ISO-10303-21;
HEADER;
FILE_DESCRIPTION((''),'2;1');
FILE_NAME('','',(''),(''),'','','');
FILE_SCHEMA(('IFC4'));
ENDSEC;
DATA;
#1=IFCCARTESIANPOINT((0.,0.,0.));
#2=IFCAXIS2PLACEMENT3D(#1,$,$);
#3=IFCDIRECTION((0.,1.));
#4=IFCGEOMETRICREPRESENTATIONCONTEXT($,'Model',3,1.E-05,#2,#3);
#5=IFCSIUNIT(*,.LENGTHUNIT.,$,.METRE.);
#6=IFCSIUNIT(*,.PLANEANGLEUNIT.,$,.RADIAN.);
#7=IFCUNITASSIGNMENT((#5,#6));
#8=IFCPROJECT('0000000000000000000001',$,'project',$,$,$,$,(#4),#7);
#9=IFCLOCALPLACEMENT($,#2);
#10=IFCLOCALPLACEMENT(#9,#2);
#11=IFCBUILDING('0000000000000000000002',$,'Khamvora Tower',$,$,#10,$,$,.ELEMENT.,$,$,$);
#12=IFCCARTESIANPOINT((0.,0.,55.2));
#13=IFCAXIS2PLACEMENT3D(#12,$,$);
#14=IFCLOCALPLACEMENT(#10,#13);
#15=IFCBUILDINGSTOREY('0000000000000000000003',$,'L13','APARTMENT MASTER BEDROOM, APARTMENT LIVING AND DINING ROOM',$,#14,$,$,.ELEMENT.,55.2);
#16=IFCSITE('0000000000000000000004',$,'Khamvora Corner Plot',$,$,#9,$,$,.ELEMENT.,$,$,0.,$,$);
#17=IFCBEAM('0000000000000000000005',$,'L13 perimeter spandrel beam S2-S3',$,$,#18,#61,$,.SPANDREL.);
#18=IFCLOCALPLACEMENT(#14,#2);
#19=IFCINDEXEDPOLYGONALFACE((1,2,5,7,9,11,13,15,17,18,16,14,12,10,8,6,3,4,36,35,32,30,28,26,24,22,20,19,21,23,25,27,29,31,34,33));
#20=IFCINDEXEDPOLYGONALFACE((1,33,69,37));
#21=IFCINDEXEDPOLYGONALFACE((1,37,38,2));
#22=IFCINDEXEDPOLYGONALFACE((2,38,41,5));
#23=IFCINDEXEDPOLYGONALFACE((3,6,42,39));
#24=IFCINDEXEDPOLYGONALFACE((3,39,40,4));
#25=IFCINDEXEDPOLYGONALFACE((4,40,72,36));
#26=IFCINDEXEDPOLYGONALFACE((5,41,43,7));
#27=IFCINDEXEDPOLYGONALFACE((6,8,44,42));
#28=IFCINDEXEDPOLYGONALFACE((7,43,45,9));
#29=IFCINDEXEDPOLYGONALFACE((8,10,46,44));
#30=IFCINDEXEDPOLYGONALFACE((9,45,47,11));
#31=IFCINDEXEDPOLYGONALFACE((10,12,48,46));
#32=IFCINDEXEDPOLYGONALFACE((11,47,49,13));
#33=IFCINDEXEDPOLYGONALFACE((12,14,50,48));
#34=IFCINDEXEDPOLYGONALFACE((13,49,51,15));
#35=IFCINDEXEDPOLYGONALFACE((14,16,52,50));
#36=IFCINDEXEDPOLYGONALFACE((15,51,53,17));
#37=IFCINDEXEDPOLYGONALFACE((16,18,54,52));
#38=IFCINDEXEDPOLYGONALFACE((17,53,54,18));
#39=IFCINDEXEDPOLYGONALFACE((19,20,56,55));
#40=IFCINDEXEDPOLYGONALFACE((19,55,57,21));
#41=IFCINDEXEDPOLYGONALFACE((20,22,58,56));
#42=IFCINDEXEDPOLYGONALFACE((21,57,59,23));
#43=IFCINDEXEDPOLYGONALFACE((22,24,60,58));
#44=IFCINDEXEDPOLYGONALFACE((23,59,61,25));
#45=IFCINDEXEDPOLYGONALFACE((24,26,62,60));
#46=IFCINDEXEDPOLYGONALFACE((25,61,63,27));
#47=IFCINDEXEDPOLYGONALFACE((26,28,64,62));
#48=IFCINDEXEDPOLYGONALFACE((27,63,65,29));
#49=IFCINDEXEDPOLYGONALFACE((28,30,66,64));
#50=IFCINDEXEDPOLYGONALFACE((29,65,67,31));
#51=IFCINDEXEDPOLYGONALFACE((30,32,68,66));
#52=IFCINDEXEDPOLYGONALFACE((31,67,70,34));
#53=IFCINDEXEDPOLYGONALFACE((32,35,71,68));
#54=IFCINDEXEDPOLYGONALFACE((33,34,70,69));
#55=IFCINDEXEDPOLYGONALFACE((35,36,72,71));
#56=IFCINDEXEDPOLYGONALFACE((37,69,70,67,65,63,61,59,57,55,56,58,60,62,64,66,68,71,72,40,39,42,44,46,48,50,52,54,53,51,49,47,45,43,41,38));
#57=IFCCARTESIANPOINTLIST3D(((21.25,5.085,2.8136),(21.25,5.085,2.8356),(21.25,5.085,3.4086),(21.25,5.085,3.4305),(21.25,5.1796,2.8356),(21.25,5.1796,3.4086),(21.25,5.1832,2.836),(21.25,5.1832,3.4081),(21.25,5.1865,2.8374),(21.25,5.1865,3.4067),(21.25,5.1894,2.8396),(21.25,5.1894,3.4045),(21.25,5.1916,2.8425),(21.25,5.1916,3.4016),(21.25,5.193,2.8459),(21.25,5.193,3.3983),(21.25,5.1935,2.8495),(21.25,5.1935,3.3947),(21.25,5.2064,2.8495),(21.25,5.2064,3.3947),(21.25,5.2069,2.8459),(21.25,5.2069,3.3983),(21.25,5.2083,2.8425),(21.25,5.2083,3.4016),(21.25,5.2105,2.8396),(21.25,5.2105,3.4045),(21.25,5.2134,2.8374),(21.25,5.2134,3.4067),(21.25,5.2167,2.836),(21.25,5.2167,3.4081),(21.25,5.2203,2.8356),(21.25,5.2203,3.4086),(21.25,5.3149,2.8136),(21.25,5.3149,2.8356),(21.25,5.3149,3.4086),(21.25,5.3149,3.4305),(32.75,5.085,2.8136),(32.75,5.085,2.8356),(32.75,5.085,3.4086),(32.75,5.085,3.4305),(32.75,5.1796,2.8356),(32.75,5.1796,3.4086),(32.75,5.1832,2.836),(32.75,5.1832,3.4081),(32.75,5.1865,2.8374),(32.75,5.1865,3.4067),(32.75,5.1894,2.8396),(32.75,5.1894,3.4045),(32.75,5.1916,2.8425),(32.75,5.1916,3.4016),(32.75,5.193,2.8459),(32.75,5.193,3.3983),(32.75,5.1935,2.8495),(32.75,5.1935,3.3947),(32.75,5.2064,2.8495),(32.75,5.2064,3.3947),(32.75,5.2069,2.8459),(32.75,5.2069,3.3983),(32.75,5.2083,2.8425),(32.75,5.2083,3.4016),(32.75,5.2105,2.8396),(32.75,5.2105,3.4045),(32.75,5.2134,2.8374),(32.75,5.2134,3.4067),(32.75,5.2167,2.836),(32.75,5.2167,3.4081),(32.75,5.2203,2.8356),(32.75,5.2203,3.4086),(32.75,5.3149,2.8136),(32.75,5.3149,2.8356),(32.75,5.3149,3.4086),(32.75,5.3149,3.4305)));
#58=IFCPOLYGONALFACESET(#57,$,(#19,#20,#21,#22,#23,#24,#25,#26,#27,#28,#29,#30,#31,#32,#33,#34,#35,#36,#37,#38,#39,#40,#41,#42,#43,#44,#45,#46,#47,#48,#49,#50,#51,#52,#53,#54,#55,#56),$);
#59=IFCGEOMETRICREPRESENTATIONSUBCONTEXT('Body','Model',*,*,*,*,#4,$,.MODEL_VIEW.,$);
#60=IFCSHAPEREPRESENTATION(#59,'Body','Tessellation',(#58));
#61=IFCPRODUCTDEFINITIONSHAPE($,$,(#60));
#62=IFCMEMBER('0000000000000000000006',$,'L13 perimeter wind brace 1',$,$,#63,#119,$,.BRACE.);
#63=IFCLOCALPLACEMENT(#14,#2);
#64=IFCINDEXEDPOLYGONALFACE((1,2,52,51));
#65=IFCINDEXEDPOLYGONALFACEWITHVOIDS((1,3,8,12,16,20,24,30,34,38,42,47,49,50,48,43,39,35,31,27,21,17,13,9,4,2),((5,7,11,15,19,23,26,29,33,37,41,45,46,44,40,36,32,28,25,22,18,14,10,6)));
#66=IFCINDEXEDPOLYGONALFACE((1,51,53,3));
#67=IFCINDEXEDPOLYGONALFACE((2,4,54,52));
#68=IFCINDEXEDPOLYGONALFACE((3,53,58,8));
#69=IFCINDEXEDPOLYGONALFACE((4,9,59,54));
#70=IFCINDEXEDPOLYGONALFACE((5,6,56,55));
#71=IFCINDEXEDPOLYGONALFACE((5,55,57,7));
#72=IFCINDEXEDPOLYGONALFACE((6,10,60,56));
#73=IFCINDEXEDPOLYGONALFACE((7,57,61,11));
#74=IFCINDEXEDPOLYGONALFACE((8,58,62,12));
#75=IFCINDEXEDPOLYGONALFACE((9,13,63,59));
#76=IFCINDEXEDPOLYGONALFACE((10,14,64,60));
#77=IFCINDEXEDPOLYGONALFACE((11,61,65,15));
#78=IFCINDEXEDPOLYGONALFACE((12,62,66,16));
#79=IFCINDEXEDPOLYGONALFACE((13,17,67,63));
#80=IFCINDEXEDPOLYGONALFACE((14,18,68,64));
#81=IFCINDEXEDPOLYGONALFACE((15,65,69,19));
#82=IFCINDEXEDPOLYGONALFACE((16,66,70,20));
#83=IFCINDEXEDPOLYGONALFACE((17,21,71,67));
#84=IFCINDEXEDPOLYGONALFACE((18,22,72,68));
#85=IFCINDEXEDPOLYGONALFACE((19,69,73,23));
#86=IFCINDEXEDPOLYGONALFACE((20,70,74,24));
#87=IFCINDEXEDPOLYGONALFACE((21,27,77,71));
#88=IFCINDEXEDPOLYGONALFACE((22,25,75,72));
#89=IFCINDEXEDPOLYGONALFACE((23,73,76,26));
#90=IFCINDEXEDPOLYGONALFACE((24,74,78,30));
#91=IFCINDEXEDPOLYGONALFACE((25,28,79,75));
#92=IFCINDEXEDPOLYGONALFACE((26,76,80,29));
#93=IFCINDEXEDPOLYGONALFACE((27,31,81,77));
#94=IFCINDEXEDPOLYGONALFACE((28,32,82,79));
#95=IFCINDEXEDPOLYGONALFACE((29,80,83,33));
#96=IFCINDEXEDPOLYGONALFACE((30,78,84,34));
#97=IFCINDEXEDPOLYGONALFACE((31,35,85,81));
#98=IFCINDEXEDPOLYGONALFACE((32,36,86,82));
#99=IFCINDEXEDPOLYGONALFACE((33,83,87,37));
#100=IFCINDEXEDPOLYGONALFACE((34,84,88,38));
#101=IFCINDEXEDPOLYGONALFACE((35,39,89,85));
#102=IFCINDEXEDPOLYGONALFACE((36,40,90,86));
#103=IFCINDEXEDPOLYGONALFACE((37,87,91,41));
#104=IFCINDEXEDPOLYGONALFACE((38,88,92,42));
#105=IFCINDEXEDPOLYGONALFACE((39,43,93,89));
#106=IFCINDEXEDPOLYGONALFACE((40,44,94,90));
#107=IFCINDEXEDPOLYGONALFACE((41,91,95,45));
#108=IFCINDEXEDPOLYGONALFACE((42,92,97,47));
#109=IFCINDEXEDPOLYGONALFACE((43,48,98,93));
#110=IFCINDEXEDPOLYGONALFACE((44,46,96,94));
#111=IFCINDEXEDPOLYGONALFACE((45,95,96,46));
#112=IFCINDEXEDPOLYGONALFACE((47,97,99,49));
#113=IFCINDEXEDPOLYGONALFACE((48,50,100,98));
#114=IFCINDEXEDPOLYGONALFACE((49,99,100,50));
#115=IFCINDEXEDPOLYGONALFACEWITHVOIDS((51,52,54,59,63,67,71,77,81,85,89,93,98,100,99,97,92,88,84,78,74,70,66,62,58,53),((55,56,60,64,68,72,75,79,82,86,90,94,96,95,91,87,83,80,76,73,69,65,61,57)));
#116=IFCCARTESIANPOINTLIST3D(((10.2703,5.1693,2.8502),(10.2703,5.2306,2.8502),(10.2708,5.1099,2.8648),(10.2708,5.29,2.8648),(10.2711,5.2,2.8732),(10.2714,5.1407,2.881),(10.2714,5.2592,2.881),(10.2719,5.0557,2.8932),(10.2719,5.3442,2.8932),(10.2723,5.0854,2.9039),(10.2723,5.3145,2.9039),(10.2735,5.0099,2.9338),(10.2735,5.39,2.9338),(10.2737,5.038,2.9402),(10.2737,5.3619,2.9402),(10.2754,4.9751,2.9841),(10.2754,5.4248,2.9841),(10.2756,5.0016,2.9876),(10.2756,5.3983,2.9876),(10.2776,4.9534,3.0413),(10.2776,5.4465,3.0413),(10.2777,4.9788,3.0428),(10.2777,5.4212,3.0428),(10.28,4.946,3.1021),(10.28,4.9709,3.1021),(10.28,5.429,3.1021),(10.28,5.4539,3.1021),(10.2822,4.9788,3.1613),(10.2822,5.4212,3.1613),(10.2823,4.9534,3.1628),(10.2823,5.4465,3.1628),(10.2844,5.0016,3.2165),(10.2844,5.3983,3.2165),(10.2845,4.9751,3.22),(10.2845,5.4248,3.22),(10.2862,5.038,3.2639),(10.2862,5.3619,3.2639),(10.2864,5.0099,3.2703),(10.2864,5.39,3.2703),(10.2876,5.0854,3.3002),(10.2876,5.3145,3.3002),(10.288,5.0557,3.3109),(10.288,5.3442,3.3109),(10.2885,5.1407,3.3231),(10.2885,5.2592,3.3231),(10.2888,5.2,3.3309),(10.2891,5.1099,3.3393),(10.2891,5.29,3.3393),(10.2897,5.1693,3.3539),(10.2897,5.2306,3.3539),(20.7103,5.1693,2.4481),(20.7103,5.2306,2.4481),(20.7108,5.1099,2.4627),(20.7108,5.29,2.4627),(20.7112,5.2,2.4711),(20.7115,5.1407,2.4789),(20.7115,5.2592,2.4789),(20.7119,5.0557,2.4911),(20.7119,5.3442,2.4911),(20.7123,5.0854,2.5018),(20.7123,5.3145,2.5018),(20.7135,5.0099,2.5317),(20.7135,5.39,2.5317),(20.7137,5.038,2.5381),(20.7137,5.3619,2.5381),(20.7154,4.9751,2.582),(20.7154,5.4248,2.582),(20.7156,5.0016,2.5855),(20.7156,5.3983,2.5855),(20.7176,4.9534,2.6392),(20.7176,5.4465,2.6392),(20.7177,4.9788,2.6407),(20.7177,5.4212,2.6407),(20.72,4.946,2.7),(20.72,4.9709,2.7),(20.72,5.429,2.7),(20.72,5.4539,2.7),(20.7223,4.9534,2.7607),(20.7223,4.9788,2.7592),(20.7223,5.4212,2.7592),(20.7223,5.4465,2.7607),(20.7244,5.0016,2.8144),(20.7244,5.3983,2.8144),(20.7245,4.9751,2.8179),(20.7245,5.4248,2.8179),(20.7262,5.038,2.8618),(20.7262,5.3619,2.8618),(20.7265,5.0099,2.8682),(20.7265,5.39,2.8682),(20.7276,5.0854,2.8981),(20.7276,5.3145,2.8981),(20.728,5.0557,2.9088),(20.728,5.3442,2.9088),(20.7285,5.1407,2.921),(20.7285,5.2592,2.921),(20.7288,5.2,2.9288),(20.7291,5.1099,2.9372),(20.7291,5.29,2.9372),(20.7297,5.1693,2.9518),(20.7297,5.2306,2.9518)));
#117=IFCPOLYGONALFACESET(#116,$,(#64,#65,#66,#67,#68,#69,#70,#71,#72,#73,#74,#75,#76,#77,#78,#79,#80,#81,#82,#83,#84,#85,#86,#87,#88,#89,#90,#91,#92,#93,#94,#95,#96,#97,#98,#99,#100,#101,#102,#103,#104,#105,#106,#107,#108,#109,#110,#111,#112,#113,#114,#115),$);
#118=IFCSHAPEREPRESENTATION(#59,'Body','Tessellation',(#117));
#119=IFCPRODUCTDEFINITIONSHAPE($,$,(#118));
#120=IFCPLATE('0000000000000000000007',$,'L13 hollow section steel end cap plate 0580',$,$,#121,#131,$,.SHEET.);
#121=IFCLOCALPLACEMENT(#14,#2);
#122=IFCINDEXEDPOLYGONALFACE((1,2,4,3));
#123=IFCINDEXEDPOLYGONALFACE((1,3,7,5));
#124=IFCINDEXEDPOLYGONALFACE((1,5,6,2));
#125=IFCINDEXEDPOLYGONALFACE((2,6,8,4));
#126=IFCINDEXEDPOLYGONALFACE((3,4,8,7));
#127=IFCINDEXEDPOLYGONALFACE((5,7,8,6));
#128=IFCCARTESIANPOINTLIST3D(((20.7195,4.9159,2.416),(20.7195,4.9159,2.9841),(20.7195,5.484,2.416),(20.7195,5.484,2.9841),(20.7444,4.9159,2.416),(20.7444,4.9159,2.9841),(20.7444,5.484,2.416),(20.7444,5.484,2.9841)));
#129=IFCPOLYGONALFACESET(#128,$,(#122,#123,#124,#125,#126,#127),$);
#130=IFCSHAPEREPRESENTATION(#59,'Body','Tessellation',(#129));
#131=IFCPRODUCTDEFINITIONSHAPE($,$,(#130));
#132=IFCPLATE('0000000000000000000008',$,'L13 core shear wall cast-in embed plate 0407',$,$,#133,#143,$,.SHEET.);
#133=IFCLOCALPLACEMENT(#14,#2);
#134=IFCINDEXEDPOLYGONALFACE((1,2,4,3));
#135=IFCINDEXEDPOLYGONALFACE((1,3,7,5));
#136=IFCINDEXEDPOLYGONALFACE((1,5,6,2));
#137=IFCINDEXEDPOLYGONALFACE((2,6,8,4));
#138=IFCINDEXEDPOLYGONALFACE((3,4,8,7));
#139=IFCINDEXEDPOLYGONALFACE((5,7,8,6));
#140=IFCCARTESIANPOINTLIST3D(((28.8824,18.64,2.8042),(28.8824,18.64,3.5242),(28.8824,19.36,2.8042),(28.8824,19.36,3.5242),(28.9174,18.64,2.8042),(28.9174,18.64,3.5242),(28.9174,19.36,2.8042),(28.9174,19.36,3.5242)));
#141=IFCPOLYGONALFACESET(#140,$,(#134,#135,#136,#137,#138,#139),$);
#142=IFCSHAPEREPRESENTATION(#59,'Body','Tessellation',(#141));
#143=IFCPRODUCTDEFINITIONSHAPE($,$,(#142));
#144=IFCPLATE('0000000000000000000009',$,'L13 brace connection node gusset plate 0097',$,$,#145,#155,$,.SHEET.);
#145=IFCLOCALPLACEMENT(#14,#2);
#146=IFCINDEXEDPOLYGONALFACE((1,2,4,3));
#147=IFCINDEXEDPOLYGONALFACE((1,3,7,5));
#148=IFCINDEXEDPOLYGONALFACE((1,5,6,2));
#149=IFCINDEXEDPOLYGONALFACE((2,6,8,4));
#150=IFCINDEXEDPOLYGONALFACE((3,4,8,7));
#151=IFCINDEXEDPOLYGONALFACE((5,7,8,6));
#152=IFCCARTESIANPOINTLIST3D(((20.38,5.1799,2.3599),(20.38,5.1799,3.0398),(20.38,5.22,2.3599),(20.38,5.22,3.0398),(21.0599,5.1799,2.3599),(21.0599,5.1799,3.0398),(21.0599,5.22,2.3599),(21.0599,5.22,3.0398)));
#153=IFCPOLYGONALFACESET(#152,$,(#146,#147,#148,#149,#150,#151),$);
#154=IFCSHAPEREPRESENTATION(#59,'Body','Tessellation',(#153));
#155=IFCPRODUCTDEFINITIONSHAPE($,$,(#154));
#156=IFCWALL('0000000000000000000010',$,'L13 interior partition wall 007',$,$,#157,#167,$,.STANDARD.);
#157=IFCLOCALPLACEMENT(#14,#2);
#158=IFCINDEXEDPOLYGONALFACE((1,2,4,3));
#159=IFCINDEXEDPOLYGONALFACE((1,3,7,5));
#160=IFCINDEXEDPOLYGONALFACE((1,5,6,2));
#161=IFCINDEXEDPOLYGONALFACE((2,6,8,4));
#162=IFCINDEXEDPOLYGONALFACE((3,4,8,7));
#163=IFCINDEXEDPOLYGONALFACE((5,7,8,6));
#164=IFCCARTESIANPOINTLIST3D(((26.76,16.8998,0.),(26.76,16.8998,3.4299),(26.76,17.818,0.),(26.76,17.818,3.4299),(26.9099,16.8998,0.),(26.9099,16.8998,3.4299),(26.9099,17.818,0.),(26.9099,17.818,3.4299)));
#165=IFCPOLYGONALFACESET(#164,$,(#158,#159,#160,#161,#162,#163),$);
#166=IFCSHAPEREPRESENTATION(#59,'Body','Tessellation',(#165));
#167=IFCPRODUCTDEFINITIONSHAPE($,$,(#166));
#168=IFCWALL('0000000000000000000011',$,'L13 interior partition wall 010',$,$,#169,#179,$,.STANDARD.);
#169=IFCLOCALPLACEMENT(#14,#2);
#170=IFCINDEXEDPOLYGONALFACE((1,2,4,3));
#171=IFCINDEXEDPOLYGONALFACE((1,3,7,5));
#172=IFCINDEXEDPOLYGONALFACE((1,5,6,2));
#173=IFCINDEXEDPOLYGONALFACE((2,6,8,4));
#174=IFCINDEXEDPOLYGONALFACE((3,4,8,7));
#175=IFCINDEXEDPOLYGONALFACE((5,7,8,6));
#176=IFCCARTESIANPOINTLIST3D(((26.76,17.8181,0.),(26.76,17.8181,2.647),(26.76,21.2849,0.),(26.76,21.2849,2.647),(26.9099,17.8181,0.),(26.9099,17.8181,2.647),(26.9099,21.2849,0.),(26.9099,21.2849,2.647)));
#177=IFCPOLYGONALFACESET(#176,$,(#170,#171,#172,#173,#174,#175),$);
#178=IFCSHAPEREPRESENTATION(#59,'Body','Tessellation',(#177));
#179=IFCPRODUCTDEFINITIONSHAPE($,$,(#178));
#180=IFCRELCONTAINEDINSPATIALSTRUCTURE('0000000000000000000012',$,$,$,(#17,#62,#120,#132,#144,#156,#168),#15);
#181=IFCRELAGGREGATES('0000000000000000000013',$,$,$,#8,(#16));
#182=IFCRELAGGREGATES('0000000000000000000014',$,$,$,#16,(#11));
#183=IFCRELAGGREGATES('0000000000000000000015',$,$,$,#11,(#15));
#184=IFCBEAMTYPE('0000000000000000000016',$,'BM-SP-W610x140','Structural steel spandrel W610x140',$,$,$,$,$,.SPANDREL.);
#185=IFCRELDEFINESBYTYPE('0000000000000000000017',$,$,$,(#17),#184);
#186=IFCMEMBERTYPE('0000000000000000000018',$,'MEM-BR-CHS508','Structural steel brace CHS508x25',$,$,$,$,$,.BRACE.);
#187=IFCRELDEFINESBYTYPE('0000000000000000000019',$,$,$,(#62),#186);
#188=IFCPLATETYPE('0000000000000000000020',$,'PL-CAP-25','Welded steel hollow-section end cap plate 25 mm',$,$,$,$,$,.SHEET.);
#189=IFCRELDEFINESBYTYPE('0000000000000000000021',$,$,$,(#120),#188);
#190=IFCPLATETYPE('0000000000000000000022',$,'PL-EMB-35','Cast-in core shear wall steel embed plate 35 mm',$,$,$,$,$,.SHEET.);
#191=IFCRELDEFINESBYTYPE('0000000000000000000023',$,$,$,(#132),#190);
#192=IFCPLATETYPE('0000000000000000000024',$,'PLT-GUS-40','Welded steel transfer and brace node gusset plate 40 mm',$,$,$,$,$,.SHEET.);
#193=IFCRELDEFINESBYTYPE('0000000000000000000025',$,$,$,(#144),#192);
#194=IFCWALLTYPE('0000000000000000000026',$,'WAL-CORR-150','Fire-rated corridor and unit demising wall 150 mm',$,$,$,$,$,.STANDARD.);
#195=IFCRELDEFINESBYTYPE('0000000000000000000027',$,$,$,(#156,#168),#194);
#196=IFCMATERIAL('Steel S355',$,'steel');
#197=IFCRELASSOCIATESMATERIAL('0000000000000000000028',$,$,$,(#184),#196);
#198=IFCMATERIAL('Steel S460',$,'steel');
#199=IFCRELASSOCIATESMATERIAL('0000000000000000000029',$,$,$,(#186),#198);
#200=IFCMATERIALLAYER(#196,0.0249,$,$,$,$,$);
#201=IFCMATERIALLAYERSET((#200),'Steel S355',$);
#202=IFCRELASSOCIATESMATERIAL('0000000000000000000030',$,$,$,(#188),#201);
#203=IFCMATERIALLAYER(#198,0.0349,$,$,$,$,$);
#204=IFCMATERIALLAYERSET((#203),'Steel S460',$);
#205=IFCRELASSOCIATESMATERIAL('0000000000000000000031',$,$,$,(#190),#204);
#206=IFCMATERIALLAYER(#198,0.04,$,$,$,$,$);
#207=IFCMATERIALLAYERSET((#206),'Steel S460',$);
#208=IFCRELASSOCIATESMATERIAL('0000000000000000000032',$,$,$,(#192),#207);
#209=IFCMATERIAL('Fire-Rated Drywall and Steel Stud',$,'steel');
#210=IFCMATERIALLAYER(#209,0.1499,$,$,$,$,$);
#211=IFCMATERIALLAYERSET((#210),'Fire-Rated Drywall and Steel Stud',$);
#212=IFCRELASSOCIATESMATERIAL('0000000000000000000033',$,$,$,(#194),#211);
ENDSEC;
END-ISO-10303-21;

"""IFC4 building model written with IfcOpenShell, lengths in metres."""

from ifc_helpers import new_model, si_unit, direction, frame, frame_2d, origin, origin_2d, place, context, subcontext, project, spatial, rectangle, hollow_circle, i_section, extrude, material, layer, layer_set, material_profile, profile_set, type_object, element, save


model = new_model("IFC4")

# Units and contexts
model_context = context("Model", 3, precision=1e-05, world=origin(), true_north=direction((0.0, 1.0)))
body_context = subcontext(model_context, "Body", "Model", "MODEL_VIEW")
ifc_project = project(units=[si_unit("LENGTHUNIT", "METRE"), si_unit("PLANEANGLEUNIT", "RADIAN")], contexts=[model_context])

# Site, building, storey
site_placement = place(None, origin())
site = spatial("IfcSite", under=ifc_project, at=site_placement, Name="Khamvora Corner Plot", CompositionType="ELEMENT", RefElevation=0.0)
building_placement = place(site_placement, origin())
building = spatial("IfcBuilding", under=site, at=building_placement, Name="Khamvora Tower", CompositionType="ELEMENT")
storey_placement = place(building_placement, frame((0.0, 0.0, 55.2)))
storey = spatial("IfcBuildingStorey", under=building, at=storey_placement, Name="L13", Description="APARTMENT MASTER BEDROOM, APARTMENT LIVING AND DINING ROOM", CompositionType="ELEMENT", Elevation=55.2)

# Shared definitions
ifc_material_1 = material(Name="Steel S460", Category="steel")

# Beam
ifc_material_2 = material(Name="Steel S355", Category="steel")
ifc_material_profile_1 = material_profile(ifc_material_2, i_section(OverallWidth=0.23, OverallDepth=0.6169, WebThickness=0.0129, FlangeThickness=0.022, FilletRadius=0.0139, at=origin_2d()), Name="W610x140")
ifc_profile_set_1 = profile_set([ifc_material_profile_1], Name="Steel S355")
beam_type_1 = type_object("IfcBeamType", Name="BM-SP-W610x140", Description="Structural steel spandrel W610x140", PredefinedType="SPANDREL", material=ifc_profile_set_1)
beam_1_placement = place(storey_placement, frame((21.25, 5.2, 3.1221), z_axis=(1.0, 0.0, 0.0), x_axis=(0.0, 1.0, 0.0)))
element("IfcBeam", 1, at=beam_1_placement, inside=storey, type_object=beam_type_1, Name="L13 perimeter spandrel beam S2-S3", PredefinedType="SPANDREL", context=body_context, shape_type="SweptSolid", body=[
    extrude(i_section(OverallWidth=0.23, OverallDepth=0.6169, WebThickness=0.0129, FlangeThickness=0.022, FilletRadius=0.0139, at=origin_2d()), origin(), (0.0, 0.0, 1.0), 11.5),
])

# Member
ifc_material_profile_2 = material_profile(ifc_material_1, hollow_circle(Radius=0.2539, WallThickness=0.0249, at=origin_2d()), Name="CHS508x25")
ifc_profile_set_2 = profile_set([ifc_material_profile_2], Name="Steel S460")
member_type = type_object("IfcMemberType", Name="MEM-BR-CHS508", Description="Structural steel brace CHS508x25", PredefinedType="BRACE", material=ifc_profile_set_2)
member_placement = place(storey_placement, frame((20.72, 5.2, 2.7), z_axis=(-0.999259, 0.0, 0.038487), x_axis=(0.0, -1.0, 0.0)))
element("IfcMember", 2, at=member_placement, inside=storey, type_object=member_type, Name="L13 perimeter wind brace 1", PredefinedType="BRACE", context=body_context, shape_type="SweptSolid", body=[
    extrude(hollow_circle(Radius=0.2539, WallThickness=0.0249, at=origin_2d()), origin(), (0.0, 0.0, 1.0), 10.4478),
])

# Plates
ifc_layer_1 = layer(ifc_material_2, 0.0249)
ifc_layer_set_1 = layer_set([ifc_layer_1], Name="Steel S355")
plate_type_1 = type_object("IfcPlateType", Name="PL-CAP-25", Description="Welded steel hollow-section end cap plate 25 mm", PredefinedType="SHEET", material=ifc_layer_set_1)
plate_1_placement = place(storey_placement, frame((20.7319, 5.2, 2.416), z_axis=(0.0, 0.0, 1.0), x_axis=(-1.0, 0.0, 0.0)))
element("IfcPlate", 3, at=plate_1_placement, inside=storey, type_object=plate_type_1, Name="L13 hollow section steel end cap plate 0580", PredefinedType="SHEET", context=body_context, shape_type="SweptSolid", body=[
    extrude(rectangle(XDim=0.0249, YDim=0.5681, at=origin_2d()), origin(), (0.0, 0.0, 1.0), 0.5681),
])
ifc_layer_2 = layer(ifc_material_1, 0.0349)
ifc_layer_set_2 = layer_set([ifc_layer_2], Name="Steel S460")
plate_type_2 = type_object("IfcPlateType", Name="PL-EMB-35", Description="Cast-in core shear wall steel embed plate 35 mm", PredefinedType="SHEET", material=ifc_layer_set_2)
plate_2_placement = place(storey_placement, frame((28.8999, 19.0, 2.8042), z_axis=(0.0, 0.0, 1.0), x_axis=(1.0, 0.0, 0.0)))
element("IfcPlate", 4, at=plate_2_placement, inside=storey, type_object=plate_type_2, Name="L13 core shear wall cast-in embed plate 0407", PredefinedType="SHEET", context=body_context, shape_type="SweptSolid", body=[
    extrude(rectangle(XDim=0.0349, YDim=0.72, at=origin_2d()), origin(), (0.0, 0.0, 1.0), 0.72),
])
ifc_layer_3 = layer(ifc_material_1, 0.04)
ifc_layer_set_3 = layer_set([ifc_layer_3], Name="Steel S460")
plate_type_3 = type_object("IfcPlateType", Name="PLT-GUS-40", Description="Welded steel transfer and brace node gusset plate 40 mm", PredefinedType="SHEET", material=ifc_layer_set_3)
plate_3_placement = place(storey_placement, frame((20.72, 5.2, 2.3599), z_axis=(0.0, 0.0, 1.0), x_axis=(1.0, 0.0, 0.0)))
element("IfcPlate", 5, at=plate_3_placement, inside=storey, type_object=plate_type_3, Name="L13 brace connection node gusset plate 0097", PredefinedType="SHEET", context=body_context, shape_type="SweptSolid", body=[
    extrude(rectangle(XDim=0.6799, YDim=0.04, at=origin_2d()), origin(), (0.0, 0.0, 1.0), 0.6799),
])

# Walls
ifc_material_3 = material(Name="Fire-Rated Drywall and Steel Stud", Category="steel")
ifc_layer_4 = layer(ifc_material_3, 0.1499)
ifc_layer_set_4 = layer_set([ifc_layer_4], Name="Fire-Rated Drywall and Steel Stud")
wall_type_1 = type_object("IfcWallType", Name="WAL-CORR-150", Description="Fire-rated corridor and unit demising wall 150 mm", PredefinedType="STANDARD", material=ifc_layer_set_4)
wall_1_placement = place(storey_placement, frame((26.835, 16.8999, 0.0), z_axis=(0.0, 0.0, 1.0), x_axis=(0.0, 1.0, 0.0)))
element("IfcWall", 6, at=wall_1_placement, inside=storey, type_object=wall_type_1, Name="L13 interior partition wall 007", PredefinedType="STANDARD", context=body_context, shape_type="SweptSolid", body=[
    extrude(rectangle(XDim=0.9182, YDim=0.1499, at=frame_2d((0.459, 0.0))), origin(), (0.0, 0.0, 1.0), 3.4299),
])
wall_2_placement = place(storey_placement, frame((26.835, 17.8181, 0.0), z_axis=(0.0, 0.0, 1.0), x_axis=(0.0, 1.0, 0.0)))
element("IfcWall", 7, at=wall_2_placement, inside=storey, type_object=wall_type_1, Name="L13 interior partition wall 010", PredefinedType="STANDARD", context=body_context, shape_type="SweptSolid", body=[
    extrude(rectangle(XDim=3.4668, YDim=0.1499, at=frame_2d((1.7334, 0.0))), origin(), (0.0, 0.0, 1.0), 2.647),
])

save(model, "model.ifc")
